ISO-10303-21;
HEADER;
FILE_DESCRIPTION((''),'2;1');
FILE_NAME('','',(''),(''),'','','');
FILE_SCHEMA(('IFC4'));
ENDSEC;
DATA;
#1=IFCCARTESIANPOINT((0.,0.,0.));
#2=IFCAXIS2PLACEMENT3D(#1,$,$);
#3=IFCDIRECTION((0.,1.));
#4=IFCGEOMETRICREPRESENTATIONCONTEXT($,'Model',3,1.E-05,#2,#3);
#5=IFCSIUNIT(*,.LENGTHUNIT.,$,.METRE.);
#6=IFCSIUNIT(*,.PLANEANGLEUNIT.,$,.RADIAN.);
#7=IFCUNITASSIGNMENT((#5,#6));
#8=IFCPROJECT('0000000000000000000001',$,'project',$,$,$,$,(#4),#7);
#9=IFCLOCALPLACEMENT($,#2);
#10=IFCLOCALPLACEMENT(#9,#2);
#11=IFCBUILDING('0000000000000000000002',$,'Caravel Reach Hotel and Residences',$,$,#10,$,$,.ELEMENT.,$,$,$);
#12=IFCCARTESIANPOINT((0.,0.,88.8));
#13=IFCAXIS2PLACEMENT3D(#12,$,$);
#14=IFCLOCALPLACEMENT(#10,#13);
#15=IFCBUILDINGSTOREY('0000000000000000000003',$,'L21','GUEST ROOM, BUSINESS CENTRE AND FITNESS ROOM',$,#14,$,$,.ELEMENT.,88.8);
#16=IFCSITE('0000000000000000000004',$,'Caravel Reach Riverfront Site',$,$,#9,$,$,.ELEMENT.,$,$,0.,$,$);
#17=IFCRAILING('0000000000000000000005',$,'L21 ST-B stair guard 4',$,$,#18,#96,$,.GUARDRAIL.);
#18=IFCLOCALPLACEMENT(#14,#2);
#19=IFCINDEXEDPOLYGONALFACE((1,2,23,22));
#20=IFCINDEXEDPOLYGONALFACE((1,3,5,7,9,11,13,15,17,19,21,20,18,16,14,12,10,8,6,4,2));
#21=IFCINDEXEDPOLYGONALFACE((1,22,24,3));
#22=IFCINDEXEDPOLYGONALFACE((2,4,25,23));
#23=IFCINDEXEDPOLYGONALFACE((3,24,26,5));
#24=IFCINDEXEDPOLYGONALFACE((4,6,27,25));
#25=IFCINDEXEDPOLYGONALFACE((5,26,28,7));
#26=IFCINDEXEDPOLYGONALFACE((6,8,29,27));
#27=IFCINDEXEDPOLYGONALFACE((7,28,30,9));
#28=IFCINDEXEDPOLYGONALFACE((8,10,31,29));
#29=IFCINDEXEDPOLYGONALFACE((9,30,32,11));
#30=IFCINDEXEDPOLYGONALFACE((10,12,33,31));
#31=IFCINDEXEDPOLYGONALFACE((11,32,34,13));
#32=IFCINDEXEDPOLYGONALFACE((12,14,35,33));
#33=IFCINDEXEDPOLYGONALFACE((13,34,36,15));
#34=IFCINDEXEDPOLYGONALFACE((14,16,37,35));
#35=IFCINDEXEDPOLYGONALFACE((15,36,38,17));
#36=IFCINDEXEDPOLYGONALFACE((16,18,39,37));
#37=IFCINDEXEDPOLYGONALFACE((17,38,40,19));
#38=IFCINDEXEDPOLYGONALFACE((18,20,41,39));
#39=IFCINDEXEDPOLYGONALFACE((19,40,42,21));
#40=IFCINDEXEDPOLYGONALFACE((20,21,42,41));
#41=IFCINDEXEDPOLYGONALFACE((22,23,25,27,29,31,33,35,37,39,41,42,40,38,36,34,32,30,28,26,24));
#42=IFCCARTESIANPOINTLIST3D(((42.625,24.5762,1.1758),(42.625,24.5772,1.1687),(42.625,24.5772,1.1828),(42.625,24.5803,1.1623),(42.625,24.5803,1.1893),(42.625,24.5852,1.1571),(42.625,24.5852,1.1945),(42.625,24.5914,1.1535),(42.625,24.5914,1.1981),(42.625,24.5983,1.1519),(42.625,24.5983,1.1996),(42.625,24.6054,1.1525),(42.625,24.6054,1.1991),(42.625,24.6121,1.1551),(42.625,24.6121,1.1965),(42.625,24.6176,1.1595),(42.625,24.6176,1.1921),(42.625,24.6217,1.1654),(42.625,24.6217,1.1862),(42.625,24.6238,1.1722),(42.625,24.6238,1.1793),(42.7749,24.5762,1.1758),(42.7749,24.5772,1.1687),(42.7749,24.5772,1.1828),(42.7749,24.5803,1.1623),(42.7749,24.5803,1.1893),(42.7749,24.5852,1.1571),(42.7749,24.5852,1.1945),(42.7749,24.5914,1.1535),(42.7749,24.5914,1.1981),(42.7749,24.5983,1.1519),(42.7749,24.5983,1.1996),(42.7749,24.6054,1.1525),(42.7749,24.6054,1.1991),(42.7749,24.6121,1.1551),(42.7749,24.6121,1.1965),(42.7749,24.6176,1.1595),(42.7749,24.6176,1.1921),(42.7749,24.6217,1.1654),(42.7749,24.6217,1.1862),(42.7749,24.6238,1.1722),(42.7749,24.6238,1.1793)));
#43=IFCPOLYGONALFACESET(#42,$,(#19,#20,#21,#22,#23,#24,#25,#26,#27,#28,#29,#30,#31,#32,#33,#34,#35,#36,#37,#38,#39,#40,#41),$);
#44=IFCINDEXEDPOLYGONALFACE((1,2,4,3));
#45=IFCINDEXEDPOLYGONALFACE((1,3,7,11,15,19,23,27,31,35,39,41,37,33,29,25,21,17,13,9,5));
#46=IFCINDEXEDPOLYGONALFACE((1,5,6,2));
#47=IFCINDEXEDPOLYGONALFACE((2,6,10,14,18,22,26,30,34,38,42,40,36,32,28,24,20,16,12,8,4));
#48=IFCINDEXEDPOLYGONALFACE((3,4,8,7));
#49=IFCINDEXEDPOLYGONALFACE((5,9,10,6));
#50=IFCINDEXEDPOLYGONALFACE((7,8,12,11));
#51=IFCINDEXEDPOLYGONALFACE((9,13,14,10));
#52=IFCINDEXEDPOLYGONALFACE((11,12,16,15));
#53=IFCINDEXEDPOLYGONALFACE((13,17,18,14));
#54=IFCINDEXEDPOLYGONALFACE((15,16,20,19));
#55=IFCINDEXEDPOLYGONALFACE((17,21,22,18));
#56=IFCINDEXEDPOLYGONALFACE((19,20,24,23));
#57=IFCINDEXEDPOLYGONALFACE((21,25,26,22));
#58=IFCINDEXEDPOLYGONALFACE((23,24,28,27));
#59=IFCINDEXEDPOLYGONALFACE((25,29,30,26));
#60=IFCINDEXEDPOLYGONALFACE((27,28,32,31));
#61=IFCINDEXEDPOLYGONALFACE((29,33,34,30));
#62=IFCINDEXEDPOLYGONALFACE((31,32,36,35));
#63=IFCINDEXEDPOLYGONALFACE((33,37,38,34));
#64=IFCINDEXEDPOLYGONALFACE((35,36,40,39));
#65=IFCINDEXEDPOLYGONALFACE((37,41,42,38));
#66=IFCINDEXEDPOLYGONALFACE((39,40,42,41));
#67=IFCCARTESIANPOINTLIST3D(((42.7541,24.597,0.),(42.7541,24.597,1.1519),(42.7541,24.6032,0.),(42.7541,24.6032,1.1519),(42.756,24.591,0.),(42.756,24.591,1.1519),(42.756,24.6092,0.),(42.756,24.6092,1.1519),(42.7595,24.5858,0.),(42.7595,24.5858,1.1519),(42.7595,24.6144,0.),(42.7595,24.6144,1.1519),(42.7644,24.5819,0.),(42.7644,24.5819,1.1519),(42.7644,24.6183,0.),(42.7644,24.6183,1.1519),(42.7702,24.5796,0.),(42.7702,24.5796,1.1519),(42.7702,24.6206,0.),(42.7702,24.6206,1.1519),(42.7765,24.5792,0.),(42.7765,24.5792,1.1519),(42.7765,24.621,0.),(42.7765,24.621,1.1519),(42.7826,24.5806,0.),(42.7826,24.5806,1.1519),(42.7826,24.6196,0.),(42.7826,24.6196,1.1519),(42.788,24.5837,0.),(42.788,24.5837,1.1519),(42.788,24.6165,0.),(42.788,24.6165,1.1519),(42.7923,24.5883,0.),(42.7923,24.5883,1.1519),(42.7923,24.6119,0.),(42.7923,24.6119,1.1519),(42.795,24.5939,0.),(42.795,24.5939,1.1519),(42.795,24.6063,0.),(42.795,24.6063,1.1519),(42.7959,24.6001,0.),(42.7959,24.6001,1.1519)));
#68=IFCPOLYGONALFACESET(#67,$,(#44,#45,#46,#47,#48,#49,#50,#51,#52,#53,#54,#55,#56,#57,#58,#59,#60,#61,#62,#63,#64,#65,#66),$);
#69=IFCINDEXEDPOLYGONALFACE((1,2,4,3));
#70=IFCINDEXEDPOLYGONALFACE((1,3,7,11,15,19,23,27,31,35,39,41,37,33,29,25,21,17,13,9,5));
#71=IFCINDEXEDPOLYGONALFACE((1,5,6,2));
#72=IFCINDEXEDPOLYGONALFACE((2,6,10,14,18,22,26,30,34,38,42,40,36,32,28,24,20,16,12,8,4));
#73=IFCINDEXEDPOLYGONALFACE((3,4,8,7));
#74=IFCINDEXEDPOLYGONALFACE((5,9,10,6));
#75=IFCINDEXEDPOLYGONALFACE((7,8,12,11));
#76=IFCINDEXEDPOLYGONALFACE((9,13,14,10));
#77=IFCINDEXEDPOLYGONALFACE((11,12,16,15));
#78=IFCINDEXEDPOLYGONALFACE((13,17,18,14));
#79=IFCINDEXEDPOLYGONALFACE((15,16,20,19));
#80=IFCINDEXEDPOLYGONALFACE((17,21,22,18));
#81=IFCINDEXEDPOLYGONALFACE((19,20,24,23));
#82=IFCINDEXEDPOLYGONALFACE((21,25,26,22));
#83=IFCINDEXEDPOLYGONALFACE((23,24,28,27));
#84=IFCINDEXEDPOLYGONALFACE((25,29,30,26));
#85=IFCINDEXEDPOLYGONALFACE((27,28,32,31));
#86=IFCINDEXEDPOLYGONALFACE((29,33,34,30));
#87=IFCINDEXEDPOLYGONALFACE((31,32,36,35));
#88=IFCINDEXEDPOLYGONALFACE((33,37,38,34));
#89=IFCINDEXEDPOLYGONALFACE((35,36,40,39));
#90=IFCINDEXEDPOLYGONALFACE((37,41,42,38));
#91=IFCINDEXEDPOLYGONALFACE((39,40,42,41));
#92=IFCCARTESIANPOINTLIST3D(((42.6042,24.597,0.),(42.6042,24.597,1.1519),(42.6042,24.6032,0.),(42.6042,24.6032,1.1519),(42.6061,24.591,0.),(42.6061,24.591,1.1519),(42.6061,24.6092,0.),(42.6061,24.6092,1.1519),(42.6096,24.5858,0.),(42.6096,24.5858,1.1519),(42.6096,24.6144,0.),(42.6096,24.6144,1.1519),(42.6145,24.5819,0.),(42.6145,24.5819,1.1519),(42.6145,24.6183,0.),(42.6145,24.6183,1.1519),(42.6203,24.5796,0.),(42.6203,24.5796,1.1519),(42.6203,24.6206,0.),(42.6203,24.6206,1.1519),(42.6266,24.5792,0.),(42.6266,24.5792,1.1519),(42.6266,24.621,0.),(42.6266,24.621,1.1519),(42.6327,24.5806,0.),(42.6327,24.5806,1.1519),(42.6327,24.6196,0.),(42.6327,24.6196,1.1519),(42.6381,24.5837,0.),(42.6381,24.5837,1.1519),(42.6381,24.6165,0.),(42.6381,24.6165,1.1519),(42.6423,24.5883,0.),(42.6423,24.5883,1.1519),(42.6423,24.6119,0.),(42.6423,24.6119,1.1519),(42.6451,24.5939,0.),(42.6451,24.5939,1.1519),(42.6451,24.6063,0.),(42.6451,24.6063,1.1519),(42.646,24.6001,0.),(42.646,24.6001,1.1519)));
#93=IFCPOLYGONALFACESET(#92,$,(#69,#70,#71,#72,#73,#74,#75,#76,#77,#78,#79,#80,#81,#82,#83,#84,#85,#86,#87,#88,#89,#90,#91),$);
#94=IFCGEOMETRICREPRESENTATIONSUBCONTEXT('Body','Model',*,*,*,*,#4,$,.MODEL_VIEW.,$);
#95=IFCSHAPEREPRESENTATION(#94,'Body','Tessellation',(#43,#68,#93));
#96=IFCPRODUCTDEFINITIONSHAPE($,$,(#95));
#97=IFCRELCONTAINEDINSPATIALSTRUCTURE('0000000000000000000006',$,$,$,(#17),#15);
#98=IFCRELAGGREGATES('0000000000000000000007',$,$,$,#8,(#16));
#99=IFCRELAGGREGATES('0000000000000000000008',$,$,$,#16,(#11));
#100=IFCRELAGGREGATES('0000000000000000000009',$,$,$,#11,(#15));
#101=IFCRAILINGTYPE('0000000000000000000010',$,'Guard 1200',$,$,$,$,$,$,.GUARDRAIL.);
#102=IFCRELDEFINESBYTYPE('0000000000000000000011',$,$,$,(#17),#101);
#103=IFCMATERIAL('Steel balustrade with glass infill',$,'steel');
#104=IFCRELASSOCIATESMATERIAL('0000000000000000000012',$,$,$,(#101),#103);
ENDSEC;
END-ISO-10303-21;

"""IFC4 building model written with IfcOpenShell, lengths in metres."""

from ifc_helpers import new_model, si_unit, direction, frame, origin, origin_2d, place, context, subcontext, project, spatial, circle, extrude, material, type_object, element, save


model = new_model("IFC4")

# Units and contexts
model_context = context("Model", 3, precision=1e-05, world=origin(), true_north=direction((0.0, 1.0)))
body_context = subcontext(model_context, "Body", "Model", "MODEL_VIEW")
ifc_project = project(units=[si_unit("LENGTHUNIT", "METRE"), si_unit("PLANEANGLEUNIT", "RADIAN")], contexts=[model_context])

# Site, building, storey
site_placement = place(None, origin())
site = spatial("IfcSite", under=ifc_project, at=site_placement, Name="Caravel Reach Riverfront Site", CompositionType="ELEMENT", RefElevation=0.0)
building_placement = place(site_placement, origin())
building = spatial("IfcBuilding", under=site, at=building_placement, Name="Caravel Reach Hotel and Residences", CompositionType="ELEMENT")
storey_placement = place(building_placement, frame((0.0, 0.0, 88.8)))
storey = spatial("IfcBuildingStorey", under=building, at=storey_placement, Name="L21", Description="GUEST ROOM, BUSINESS CENTRE AND FITNESS ROOM", CompositionType="ELEMENT", Elevation=88.8)

# Railing
ifc_material_1 = material(Name="Steel balustrade with glass infill", Category="steel")
railing_type_1 = type_object("IfcRailingType", Name="Guard 1200", PredefinedType="GUARDRAIL", material=ifc_material_1)
railing_1_placement = place(storey_placement, frame((42.7749, 24.6001, 0.0)))
element("IfcRailing", 1, at=railing_1_placement, inside=storey, type_object=railing_type_1, Name="L21 ST-B stair guard 4", PredefinedType="GUARDRAIL", context=body_context, shape_type="SweptSolid", body=[
    extrude(circle(Radius=0.0239, at=origin_2d()), frame((0.0, 0.0, 1.1758), z_axis=(-1.0, 0.0, 0.0), x_axis=(0.0, -1.0, 0.0)), (0.0, 0.0, 1.0), 0.1499),
    extrude(circle(Radius=0.021, at=origin_2d()), origin(), (0.0, 0.0, 1.0), 1.1519),
    extrude(circle(Radius=0.021, at=origin_2d()), frame((-0.1499, 0.0, 0.0)), (0.0, 0.0, 1.0), 1.1519),
])

save(model, "model.ifc")
